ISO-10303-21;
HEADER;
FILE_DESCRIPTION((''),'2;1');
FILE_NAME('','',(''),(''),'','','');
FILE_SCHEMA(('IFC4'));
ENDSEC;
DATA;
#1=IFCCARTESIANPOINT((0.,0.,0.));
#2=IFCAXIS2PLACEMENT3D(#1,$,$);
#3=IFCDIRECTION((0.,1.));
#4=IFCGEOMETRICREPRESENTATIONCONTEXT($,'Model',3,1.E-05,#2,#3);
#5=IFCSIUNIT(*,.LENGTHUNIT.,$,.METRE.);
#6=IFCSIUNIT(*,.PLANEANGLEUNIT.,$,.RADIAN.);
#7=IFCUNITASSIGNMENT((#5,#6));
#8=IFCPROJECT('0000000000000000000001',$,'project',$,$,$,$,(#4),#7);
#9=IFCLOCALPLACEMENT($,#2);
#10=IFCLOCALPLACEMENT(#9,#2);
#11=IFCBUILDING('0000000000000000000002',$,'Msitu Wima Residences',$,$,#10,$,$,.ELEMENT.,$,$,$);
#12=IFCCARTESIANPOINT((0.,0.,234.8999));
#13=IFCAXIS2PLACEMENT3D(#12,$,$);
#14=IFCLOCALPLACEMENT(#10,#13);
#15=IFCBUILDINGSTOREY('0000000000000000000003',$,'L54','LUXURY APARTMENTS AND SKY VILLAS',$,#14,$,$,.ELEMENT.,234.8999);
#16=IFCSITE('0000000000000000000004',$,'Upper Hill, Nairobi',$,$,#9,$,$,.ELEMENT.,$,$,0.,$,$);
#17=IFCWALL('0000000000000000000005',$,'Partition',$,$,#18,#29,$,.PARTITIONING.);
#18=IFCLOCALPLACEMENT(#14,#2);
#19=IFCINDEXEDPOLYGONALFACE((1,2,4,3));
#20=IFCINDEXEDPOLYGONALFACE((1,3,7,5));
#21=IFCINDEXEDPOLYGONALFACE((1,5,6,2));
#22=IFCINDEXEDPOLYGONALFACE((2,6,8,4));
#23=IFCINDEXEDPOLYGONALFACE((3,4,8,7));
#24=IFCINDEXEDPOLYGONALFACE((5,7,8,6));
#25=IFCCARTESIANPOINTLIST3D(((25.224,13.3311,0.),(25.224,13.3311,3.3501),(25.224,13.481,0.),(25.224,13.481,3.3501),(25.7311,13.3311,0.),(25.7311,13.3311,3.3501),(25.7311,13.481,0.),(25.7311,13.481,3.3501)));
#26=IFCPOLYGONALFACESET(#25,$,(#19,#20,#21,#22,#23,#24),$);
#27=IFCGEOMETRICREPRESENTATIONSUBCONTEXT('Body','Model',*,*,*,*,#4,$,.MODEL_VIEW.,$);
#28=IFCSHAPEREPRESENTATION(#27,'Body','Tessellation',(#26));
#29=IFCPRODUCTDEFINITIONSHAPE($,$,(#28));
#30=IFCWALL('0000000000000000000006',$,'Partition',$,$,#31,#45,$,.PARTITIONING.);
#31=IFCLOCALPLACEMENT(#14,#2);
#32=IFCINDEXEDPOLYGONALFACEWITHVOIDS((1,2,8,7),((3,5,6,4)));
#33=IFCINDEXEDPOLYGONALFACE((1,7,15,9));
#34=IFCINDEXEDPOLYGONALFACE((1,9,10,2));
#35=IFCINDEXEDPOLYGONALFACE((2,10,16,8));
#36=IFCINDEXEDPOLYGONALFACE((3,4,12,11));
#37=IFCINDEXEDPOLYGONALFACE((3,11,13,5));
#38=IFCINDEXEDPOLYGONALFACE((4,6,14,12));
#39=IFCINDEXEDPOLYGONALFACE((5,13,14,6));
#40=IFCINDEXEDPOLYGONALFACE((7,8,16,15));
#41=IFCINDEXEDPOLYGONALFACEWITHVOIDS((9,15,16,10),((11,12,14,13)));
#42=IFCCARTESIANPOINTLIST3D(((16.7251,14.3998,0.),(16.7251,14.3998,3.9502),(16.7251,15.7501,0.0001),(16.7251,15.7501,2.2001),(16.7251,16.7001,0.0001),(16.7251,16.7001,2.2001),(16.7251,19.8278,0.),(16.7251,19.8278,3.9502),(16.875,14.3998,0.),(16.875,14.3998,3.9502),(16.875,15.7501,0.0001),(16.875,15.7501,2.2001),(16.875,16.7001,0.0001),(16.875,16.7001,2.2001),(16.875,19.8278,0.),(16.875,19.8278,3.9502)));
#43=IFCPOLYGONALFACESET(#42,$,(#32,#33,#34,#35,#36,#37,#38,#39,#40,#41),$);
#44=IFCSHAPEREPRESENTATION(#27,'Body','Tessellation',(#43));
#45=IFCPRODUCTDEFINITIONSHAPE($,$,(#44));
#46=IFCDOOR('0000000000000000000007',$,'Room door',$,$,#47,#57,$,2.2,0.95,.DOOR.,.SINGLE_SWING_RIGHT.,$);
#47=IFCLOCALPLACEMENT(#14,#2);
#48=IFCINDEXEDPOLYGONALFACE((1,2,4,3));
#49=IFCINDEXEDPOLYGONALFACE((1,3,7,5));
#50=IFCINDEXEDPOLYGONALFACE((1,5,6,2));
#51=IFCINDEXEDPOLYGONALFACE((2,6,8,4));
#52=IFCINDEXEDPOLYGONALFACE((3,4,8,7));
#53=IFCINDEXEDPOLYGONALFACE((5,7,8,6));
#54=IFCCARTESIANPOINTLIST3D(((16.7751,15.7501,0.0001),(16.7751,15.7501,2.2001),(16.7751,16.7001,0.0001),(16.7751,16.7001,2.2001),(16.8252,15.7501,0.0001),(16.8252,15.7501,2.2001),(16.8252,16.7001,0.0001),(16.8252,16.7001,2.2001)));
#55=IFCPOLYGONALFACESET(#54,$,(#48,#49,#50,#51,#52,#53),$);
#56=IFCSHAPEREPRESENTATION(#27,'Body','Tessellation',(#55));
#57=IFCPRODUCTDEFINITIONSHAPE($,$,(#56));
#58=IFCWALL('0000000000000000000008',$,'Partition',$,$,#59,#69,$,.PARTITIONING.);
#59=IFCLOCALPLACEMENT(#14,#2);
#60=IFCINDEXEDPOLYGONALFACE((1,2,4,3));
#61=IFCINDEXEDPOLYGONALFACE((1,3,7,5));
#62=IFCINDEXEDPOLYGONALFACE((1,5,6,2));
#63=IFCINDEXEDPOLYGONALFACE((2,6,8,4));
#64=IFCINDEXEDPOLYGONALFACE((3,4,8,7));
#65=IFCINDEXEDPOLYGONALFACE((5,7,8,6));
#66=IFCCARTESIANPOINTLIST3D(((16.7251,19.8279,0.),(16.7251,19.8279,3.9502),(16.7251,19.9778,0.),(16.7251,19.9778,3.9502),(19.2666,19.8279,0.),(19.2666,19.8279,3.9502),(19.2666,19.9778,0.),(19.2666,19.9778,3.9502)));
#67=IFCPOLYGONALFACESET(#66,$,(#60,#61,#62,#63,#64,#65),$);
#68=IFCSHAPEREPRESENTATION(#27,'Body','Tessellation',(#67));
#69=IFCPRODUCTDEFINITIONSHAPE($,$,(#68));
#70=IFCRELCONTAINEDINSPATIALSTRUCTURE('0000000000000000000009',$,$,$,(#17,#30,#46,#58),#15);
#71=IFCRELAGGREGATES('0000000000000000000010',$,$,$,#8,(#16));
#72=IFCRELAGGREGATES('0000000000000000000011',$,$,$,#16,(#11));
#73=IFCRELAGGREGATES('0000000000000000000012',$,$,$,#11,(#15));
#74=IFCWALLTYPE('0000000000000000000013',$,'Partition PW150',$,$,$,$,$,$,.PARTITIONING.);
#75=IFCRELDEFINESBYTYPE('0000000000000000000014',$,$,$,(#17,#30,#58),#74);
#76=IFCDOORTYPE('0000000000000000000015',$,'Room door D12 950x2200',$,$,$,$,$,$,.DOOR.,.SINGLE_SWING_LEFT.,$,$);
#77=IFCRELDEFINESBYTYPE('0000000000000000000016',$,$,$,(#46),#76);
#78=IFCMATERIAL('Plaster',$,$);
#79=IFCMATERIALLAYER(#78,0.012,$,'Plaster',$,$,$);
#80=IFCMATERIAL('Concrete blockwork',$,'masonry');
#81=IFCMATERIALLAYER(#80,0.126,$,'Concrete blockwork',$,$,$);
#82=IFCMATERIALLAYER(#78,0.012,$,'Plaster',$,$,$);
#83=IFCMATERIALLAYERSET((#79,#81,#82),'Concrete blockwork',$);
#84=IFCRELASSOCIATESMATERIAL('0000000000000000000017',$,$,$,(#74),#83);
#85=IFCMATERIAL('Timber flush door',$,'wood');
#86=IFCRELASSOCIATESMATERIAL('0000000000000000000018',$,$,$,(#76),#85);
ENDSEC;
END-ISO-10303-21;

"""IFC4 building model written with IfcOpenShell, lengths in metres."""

from ifc_helpers import new_model, si_unit, direction, frame, frame_2d, origin, place, context, subcontext, project, spatial, rectangle, extrude, material, layer, layer_set, type_object, element, fill, save


model = new_model("IFC4")

# Units and contexts
model_context = context("Model", 3, precision=1e-05, world=origin(), true_north=direction((0.0, 1.0)))
body_context = subcontext(model_context, "Body", "Model", "MODEL_VIEW")
ifc_project = project(units=[si_unit("LENGTHUNIT", "METRE"), si_unit("PLANEANGLEUNIT", "RADIAN")], contexts=[model_context])

# Site, building, storey
site_placement = place(None, origin())
site = spatial("IfcSite", under=ifc_project, at=site_placement, Name="Upper Hill, Nairobi", CompositionType="ELEMENT", RefElevation=0.0)
building_placement = place(site_placement, origin())
building = spatial("IfcBuilding", under=site, at=building_placement, Name="Msitu Wima Residences", CompositionType="ELEMENT")
storey_placement = place(building_placement, frame((0.0, 0.0, 234.8999)))
storey = spatial("IfcBuildingStorey", under=building, at=storey_placement, Name="L54", Description="LUXURY APARTMENTS AND SKY VILLAS", CompositionType="ELEMENT", Elevation=234.8999)

# Shared definitions
ifc_material_1 = material(Name="Plaster")
ifc_material_2 = material(Name="Concrete blockwork", Category="masonry")

# Shared definitions
ifc_layer_1 = layer(ifc_material_1, 0.012, Name="Plaster")
ifc_layer_2 = layer(ifc_material_2, 0.126, Name="Concrete blockwork")
ifc_layer_3 = layer(ifc_material_1, 0.012, Name="Plaster")
ifc_layer_set_1 = layer_set([ifc_layer_1, ifc_layer_2, ifc_layer_3], Name="Concrete blockwork")
wall_type_1 = type_object("IfcWallType", Name="Partition PW150", PredefinedType="PARTITIONING", material=ifc_layer_set_1)
ifc_material_3 = material(Name="Timber flush door", Category="wood")
door_type_1 = type_object("IfcDoorType", Name="Room door D12 950x2200", OperationType="SINGLE_SWING_LEFT", PredefinedType="DOOR", material=ifc_material_3)

# Wall
wall_1_placement = place(storey_placement, frame((25.2241, 13.406, 0.0), z_axis=(0.0, 0.0, 1.0), x_axis=(1.0, 0.0, 0.0)))
element("IfcWall", 1, at=wall_1_placement, inside=storey, type_object=wall_type_1, Name="Partition", PredefinedType="PARTITIONING", context=body_context, shape_type="SweptSolid", body=[
    extrude(rectangle(XDim=0.5071, YDim=0.1499, at=frame_2d((0.2534, 0.0))), origin(), (0.0, 0.0, 1.0), 3.3501),
])

# Wall, opening, door
wall_2_placement = place(storey_placement, frame((16.8, 14.3999, 0.0), z_axis=(0.0, 0.0, 1.0), x_axis=(0.0, 1.0, 0.0)))
wall_2 = element("IfcWall", 2, at=wall_2_placement, inside=storey, type_object=wall_type_1, Name="Partition", PredefinedType="PARTITIONING", context=body_context, shape_type="SweptSolid", body=[
    extrude(rectangle(XDim=5.428, YDim=0.1499, at=frame_2d((2.7139, 0.0))), origin(), (0.0, 0.0, 1.0), 3.9502),
])
opening_1_placement = place(wall_2_placement, frame((1.3501, 0.0, 0.0)))
opening_1 = element("IfcOpeningElement", 3, at=opening_1_placement, cuts=wall_2, PredefinedType="OPENING", context=body_context, shape_type="SweptSolid", body=[
    extrude(rectangle(XDim=0.95, YDim=2.2, at=frame_2d((0.4751, 1.1001))), frame((0.0, 0.085, 0.0), z_axis=(0.0, -1.0, 0.0), x_axis=(1.0, 0.0, 0.0)), (0.0, 0.0, 1.0), 0.1699),
])
door_1_placement = place(opening_1_placement, origin())
door_1 = element("IfcDoor", 4, at=door_1_placement, inside=storey, type_object=door_type_1, Name="Room door", OperationType="SINGLE_SWING_RIGHT", OverallHeight=2.2, OverallWidth=0.95, PredefinedType="DOOR", context=body_context, shape_type="SweptSolid", body=[
    extrude(rectangle(XDim=0.95, YDim=2.2, at=frame_2d((0.4751, 1.1001))), frame((0.0, 0.0249, 0.0), z_axis=(0.0, -1.0, 0.0), x_axis=(1.0, 0.0, 0.0)), (0.0, 0.0, 1.0), 0.05),
])
fill(opening_1, door_1)

# Wall
wall_3_placement = place(storey_placement, frame((16.7251, 19.9028, 0.0), z_axis=(0.0, 0.0, 1.0), x_axis=(1.0, 0.0, 0.0)))
element("IfcWall", 5, at=wall_3_placement, inside=storey, type_object=wall_type_1, Name="Partition", PredefinedType="PARTITIONING", context=body_context, shape_type="SweptSolid", body=[
    extrude(rectangle(XDim=2.5415, YDim=0.1499, at=frame_2d((1.2708, 0.0))), origin(), (0.0, 0.0, 1.0), 3.9502),
])

save(model, "model.ifc")
